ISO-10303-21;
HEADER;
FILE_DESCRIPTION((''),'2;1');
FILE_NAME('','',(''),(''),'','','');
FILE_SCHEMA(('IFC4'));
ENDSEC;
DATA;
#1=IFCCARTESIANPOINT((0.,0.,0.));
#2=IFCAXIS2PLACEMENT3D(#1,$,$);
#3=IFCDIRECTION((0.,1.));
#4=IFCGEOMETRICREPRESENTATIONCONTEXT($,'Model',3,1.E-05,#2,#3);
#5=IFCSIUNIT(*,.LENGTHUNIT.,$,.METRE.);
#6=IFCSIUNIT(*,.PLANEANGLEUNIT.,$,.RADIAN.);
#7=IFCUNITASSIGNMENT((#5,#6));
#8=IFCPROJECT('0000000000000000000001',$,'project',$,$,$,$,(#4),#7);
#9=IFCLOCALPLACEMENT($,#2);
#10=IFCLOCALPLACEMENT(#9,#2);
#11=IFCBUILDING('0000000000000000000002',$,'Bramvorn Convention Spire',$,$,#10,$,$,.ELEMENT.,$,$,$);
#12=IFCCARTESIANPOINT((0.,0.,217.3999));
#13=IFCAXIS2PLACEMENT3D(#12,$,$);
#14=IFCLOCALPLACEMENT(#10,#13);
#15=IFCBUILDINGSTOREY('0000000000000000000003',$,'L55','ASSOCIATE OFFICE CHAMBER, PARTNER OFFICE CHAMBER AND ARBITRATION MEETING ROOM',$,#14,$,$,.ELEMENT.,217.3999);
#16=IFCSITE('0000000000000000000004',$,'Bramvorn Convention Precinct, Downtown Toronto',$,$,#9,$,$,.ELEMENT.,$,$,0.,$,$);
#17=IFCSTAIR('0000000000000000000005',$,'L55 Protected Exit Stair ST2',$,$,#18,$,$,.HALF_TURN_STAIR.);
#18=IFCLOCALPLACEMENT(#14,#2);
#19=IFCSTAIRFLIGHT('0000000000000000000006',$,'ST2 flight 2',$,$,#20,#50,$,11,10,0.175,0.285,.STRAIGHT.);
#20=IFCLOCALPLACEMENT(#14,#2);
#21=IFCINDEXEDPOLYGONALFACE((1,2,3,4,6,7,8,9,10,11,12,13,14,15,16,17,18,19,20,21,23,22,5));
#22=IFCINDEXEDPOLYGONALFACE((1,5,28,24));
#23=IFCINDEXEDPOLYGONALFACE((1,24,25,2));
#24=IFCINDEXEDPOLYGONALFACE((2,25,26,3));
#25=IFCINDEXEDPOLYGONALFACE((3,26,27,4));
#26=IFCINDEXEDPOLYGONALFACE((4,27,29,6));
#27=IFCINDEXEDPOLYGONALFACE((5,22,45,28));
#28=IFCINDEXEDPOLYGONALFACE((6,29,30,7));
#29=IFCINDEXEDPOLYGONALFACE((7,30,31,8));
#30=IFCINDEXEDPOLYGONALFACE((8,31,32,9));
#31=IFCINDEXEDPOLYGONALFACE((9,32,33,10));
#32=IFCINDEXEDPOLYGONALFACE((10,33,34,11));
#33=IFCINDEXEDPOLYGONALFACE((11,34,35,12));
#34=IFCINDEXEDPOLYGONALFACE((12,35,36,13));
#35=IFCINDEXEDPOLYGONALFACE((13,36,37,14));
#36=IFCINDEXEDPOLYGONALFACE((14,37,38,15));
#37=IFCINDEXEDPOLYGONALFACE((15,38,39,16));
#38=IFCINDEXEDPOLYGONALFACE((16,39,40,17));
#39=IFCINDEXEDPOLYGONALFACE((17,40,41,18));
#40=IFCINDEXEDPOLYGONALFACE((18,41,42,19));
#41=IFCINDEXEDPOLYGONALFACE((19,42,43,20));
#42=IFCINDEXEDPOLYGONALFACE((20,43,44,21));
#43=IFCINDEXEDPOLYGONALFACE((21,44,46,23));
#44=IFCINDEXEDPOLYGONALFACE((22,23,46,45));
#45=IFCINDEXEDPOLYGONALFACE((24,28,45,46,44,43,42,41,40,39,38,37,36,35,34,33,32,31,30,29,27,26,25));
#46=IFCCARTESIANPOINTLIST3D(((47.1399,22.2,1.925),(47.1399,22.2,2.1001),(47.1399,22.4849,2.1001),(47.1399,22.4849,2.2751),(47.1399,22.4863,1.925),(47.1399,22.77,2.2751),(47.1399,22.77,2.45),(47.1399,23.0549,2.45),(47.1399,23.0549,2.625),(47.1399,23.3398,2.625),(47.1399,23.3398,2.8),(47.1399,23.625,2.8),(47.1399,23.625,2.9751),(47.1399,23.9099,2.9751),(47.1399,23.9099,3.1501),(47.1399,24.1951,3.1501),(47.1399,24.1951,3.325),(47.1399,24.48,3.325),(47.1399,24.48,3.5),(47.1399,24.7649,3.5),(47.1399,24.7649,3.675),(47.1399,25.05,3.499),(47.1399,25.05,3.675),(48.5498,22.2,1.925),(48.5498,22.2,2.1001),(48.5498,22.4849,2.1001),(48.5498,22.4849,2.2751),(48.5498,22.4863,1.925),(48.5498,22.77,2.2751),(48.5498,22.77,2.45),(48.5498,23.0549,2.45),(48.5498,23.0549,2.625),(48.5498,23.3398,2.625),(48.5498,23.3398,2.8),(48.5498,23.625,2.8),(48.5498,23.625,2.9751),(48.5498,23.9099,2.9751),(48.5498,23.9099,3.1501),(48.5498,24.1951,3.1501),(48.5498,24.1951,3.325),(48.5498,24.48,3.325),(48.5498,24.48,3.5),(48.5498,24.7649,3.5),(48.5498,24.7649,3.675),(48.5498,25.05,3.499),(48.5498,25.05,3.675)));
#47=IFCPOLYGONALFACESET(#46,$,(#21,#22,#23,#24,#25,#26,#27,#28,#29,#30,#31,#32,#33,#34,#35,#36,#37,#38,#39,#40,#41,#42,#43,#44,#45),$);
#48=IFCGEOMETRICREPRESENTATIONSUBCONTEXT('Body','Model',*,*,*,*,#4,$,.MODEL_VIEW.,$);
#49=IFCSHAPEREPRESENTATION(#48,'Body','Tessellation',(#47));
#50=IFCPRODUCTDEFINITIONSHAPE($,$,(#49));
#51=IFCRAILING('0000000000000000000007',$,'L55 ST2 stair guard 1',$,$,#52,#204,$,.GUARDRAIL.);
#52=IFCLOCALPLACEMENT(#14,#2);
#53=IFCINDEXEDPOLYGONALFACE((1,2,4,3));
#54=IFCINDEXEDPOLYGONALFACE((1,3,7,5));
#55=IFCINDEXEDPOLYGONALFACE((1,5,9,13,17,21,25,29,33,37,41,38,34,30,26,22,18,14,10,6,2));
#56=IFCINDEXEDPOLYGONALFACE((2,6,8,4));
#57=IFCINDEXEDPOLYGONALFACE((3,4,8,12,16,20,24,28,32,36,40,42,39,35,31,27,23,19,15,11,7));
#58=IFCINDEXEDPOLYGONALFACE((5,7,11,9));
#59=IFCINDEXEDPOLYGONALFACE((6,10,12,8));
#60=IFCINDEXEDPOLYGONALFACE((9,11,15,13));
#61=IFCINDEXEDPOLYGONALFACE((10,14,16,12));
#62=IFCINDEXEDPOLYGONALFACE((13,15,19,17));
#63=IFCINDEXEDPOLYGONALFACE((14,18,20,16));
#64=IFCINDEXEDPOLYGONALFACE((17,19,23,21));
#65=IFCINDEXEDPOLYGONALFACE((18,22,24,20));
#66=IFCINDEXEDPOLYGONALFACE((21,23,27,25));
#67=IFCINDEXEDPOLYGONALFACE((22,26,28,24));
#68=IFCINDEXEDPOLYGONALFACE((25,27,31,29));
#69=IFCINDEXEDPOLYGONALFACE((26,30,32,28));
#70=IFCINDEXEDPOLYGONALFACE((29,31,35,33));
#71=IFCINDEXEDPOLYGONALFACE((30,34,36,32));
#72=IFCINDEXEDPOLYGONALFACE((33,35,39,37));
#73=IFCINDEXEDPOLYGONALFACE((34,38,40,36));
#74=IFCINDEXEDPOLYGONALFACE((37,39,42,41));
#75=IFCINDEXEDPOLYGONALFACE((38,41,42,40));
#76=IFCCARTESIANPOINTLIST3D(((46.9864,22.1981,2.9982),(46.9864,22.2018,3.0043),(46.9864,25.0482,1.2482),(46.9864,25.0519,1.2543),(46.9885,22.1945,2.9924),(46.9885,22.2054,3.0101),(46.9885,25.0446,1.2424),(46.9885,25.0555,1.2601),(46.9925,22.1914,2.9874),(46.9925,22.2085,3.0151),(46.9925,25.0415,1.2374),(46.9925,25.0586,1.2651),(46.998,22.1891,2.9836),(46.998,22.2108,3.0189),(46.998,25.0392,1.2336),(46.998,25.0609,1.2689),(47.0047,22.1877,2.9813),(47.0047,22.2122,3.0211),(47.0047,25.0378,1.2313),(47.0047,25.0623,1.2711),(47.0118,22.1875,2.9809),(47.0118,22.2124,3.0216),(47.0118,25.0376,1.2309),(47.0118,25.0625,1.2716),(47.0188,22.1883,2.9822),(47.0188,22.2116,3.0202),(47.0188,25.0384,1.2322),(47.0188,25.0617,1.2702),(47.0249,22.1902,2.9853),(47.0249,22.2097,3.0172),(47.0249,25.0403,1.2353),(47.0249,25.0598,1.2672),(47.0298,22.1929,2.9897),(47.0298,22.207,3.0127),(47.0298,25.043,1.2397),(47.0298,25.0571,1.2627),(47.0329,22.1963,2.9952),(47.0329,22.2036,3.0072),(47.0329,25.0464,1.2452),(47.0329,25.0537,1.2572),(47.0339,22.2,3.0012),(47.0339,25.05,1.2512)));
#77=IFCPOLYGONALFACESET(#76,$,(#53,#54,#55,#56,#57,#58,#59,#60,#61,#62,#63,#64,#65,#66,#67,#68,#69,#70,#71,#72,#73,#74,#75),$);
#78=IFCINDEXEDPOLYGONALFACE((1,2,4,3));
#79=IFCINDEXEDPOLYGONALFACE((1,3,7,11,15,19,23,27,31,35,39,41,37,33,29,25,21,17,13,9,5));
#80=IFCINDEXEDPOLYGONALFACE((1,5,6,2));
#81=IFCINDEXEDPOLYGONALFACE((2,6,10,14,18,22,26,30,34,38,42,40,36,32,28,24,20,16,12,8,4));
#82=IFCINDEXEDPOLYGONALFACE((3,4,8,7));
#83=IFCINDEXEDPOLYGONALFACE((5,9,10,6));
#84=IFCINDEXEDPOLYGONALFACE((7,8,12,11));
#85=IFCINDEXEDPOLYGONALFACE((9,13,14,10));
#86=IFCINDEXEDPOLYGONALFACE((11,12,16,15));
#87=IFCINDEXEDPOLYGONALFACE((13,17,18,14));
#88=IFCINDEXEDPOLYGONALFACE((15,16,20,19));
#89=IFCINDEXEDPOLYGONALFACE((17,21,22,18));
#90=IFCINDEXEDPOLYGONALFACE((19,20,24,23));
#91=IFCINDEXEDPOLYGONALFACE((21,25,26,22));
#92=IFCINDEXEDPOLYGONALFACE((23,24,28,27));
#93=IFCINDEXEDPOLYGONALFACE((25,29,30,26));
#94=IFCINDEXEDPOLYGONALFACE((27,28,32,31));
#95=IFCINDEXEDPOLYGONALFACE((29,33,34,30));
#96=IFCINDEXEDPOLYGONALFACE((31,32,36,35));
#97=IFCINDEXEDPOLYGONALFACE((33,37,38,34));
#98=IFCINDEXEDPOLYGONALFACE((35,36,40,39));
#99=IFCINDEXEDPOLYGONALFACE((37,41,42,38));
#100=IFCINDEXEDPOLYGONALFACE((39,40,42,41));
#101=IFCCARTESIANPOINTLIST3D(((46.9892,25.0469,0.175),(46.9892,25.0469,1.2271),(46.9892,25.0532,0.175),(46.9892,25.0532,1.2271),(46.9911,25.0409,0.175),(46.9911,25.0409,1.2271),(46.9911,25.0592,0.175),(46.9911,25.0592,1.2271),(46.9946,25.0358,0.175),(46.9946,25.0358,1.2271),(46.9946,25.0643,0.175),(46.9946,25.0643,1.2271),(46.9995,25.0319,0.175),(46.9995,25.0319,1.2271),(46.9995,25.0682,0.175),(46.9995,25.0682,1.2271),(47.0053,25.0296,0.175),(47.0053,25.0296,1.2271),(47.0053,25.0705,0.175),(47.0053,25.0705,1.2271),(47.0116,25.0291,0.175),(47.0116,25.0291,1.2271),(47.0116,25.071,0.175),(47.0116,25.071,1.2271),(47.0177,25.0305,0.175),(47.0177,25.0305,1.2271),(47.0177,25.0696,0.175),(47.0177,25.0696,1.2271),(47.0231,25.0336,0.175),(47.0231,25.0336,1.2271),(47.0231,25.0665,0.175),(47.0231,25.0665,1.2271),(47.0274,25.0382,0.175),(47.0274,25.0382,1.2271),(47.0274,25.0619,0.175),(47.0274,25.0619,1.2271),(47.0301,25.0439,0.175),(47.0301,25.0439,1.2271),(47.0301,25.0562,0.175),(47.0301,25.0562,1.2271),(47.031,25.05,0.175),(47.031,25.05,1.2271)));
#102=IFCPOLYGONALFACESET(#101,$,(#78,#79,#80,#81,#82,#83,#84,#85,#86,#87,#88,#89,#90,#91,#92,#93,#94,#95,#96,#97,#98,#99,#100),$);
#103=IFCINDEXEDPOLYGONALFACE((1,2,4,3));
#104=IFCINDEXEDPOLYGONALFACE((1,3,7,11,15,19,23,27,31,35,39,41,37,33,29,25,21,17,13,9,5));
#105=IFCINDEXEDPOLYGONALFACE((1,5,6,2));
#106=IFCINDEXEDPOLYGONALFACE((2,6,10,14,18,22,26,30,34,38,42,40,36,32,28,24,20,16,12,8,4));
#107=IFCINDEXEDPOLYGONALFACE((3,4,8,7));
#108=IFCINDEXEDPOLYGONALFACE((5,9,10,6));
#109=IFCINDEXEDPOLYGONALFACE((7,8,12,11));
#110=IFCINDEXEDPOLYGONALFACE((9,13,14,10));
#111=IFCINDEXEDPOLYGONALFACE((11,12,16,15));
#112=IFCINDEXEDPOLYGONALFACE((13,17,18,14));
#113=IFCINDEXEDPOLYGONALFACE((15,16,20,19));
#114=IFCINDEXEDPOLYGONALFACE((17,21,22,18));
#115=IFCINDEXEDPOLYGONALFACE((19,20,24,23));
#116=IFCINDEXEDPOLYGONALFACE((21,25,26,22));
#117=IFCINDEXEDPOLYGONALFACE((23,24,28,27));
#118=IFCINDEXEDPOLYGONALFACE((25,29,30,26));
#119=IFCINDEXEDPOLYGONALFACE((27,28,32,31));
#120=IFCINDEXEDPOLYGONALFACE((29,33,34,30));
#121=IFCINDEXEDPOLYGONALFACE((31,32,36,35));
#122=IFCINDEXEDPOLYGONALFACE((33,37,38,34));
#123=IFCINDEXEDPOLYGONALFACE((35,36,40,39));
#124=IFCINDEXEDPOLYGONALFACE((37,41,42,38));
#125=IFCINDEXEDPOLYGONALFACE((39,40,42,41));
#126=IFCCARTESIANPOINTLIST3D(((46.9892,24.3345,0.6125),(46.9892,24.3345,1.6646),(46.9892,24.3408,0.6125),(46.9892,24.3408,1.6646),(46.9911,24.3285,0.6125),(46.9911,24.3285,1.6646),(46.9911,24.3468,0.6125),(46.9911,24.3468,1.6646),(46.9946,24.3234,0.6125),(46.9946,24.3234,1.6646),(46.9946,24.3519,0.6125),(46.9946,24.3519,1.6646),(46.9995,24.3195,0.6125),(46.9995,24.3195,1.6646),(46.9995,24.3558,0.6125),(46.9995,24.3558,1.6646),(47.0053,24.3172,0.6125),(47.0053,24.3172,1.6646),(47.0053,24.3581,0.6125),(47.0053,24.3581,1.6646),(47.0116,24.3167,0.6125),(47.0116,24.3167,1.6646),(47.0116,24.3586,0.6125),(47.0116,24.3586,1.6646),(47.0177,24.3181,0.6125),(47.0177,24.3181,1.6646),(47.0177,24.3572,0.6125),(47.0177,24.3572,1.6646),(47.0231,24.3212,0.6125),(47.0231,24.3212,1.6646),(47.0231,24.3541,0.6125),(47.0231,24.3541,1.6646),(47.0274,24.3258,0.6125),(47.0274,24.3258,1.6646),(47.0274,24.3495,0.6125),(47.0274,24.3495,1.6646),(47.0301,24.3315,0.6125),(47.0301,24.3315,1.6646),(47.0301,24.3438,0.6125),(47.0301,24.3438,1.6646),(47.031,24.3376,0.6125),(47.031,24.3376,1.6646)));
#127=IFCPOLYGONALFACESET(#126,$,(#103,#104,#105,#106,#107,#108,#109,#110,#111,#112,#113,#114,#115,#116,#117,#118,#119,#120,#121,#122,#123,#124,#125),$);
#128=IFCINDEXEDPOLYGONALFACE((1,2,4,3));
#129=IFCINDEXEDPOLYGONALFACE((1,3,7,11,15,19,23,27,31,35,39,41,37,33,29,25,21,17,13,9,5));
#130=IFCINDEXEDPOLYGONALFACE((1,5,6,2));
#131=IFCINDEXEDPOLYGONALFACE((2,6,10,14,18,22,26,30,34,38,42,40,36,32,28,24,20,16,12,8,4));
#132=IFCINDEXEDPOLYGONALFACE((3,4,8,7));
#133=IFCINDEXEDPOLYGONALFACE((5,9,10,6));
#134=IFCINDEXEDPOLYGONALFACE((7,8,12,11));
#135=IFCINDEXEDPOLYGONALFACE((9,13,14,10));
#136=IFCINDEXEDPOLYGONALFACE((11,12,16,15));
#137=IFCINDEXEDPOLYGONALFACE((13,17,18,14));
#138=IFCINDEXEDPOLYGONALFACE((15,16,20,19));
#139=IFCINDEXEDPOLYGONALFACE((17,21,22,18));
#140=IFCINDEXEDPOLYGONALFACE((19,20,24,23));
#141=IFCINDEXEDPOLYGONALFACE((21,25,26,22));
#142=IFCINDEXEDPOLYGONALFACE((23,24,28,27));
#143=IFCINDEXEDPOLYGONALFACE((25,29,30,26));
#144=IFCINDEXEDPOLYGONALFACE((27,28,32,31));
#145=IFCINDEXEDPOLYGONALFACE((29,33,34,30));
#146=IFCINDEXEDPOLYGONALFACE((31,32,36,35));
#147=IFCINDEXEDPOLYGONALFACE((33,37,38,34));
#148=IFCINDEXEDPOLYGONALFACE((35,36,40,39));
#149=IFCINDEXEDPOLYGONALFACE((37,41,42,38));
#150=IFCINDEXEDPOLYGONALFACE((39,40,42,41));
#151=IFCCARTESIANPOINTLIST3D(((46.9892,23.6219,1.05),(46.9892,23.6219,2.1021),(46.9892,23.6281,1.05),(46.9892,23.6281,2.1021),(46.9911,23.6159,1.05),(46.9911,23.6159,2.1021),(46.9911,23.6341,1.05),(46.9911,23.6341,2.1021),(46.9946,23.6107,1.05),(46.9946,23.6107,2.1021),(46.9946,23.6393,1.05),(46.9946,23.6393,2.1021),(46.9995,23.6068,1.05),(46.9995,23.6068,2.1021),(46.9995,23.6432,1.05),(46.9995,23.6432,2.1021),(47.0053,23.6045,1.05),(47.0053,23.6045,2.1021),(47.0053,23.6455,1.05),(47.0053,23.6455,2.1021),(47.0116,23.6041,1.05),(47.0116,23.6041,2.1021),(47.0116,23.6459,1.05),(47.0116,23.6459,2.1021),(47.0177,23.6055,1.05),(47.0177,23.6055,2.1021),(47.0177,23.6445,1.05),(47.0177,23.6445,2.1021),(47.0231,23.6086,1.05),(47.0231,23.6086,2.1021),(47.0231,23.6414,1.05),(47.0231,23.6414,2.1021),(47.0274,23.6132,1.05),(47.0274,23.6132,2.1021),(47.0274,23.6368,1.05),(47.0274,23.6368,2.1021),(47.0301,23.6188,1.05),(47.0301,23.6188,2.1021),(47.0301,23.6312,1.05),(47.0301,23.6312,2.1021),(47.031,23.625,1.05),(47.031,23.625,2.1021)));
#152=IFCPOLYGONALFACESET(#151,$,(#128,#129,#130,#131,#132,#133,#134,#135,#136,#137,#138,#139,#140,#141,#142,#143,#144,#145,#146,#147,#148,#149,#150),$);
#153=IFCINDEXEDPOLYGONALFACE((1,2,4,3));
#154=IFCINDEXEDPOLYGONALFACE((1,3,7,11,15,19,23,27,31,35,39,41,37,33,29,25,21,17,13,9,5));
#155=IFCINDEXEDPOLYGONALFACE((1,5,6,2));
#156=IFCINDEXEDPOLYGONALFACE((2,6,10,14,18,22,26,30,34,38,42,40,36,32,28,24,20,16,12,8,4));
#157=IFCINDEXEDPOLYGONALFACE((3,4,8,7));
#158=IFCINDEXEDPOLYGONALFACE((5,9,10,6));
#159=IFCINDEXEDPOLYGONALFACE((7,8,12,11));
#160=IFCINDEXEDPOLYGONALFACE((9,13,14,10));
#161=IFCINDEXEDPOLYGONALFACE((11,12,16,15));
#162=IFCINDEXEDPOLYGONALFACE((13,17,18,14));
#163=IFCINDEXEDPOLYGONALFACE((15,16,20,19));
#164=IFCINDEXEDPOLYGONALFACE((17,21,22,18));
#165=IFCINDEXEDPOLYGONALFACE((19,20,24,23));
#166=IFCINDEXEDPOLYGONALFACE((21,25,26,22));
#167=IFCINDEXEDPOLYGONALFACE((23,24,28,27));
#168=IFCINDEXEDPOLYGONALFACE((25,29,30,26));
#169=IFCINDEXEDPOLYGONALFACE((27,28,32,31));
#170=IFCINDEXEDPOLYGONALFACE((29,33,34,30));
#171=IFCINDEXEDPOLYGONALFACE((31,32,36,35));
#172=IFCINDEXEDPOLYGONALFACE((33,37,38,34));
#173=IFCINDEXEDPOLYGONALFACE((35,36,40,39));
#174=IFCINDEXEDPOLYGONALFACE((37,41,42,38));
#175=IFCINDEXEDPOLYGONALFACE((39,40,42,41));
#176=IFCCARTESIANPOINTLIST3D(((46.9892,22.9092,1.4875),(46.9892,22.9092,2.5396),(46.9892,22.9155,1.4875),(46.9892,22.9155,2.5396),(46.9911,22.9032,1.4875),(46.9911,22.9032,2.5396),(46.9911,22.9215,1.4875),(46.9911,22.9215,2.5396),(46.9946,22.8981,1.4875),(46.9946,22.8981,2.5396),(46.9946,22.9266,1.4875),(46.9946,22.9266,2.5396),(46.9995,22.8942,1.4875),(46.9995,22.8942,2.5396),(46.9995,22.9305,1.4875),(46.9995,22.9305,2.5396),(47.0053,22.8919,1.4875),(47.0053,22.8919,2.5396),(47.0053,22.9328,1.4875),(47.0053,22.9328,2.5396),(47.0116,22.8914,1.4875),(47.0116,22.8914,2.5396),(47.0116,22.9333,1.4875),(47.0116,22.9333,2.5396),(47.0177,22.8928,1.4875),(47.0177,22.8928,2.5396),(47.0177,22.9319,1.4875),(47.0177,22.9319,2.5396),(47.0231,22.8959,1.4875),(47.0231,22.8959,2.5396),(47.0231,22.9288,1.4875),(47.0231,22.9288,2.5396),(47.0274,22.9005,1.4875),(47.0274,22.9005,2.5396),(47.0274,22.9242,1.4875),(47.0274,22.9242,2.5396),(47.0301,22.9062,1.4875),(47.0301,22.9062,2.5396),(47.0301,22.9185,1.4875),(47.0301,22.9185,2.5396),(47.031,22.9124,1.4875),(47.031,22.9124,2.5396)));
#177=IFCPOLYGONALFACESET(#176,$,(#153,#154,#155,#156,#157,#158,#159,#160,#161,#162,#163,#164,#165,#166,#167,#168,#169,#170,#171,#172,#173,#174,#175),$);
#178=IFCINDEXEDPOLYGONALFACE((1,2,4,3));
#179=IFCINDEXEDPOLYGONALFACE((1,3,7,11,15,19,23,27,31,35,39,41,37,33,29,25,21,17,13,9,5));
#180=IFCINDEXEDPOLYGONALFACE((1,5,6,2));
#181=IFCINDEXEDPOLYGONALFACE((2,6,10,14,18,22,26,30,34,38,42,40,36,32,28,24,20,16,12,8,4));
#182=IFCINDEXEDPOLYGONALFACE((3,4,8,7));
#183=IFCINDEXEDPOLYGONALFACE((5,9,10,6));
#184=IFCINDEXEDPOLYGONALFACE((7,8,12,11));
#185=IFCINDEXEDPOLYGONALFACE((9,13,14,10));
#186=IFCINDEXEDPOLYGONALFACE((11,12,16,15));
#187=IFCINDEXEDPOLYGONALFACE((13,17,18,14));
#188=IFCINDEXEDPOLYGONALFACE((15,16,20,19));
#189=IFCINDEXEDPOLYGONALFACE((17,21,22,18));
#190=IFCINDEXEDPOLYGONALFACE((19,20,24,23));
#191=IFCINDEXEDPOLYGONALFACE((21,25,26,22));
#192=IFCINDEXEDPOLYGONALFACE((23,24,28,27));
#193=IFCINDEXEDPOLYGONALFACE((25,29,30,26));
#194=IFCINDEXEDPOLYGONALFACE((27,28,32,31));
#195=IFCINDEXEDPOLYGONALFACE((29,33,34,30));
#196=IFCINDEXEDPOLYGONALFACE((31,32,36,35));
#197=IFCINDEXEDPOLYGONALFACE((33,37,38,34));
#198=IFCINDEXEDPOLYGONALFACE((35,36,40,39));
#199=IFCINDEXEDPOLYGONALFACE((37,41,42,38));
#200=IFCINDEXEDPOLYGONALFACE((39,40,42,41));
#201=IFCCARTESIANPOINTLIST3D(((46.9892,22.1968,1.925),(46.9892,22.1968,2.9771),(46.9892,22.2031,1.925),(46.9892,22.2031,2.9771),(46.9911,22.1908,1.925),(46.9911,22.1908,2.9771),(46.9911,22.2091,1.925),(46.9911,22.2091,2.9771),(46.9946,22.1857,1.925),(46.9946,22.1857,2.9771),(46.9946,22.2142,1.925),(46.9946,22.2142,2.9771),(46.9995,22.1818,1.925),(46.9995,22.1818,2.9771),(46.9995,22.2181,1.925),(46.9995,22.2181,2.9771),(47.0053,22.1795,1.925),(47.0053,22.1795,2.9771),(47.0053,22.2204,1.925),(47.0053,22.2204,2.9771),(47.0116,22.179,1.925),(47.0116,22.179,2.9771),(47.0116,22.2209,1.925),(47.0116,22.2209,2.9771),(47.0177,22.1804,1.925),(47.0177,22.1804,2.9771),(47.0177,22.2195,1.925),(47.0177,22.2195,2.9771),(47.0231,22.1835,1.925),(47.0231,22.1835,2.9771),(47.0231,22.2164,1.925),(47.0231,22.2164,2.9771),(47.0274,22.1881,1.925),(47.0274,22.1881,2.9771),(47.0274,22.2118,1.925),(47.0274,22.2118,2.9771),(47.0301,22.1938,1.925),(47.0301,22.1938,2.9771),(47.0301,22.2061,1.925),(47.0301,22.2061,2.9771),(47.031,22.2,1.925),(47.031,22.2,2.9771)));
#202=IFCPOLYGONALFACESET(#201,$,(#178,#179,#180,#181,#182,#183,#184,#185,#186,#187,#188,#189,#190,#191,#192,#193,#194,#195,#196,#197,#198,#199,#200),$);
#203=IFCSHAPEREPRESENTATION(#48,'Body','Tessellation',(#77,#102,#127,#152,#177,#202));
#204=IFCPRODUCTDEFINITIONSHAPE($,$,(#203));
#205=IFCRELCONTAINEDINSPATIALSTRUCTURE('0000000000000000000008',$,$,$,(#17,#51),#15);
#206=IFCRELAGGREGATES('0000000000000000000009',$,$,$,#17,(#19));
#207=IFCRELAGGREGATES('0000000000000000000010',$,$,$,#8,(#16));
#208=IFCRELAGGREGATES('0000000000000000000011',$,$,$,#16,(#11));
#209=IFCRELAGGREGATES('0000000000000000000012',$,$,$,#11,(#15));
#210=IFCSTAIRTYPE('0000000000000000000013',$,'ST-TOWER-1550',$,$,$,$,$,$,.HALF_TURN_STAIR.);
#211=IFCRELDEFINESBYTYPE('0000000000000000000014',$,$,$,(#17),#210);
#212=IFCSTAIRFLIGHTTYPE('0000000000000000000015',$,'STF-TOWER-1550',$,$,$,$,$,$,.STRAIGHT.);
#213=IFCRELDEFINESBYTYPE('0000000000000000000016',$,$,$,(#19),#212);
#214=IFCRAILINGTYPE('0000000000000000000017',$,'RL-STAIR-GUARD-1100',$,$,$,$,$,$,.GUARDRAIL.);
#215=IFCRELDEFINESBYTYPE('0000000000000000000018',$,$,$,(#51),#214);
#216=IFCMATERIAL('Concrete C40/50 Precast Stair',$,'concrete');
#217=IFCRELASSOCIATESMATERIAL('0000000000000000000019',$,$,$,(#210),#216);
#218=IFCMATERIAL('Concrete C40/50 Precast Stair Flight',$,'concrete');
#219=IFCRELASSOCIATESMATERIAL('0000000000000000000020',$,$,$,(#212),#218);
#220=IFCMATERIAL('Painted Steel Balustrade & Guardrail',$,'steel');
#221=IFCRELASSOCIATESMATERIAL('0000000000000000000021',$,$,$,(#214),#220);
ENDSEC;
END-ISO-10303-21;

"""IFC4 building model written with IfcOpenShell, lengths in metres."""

from ifc_helpers import new_model, si_unit, direction, frame, origin, origin_2d, place, context, subcontext, project, spatial, polyline, circle, outline, extrude, material, type_object, element, aggregate, save


model = new_model("IFC4")

# Units and contexts
model_context = context("Model", 3, precision=1e-05, world=origin(), true_north=direction((0.0, 1.0)))
body_context = subcontext(model_context, "Body", "Model", "MODEL_VIEW")
ifc_project = project(units=[si_unit("LENGTHUNIT", "METRE"), si_unit("PLANEANGLEUNIT", "RADIAN")], contexts=[model_context])

# Site, building, storey
site_placement = place(None, origin())
site = spatial("IfcSite", under=ifc_project, at=site_placement, Name="Bramvorn Convention Precinct, Downtown Toronto", CompositionType="ELEMENT", RefElevation=0.0)
building_placement = place(site_placement, origin())
building = spatial("IfcBuilding", under=site, at=building_placement, Name="Bramvorn Convention Spire", CompositionType="ELEMENT")
storey_placement = place(building_placement, frame((0.0, 0.0, 217.3999)))
storey = spatial("IfcBuildingStorey", under=building, at=storey_placement, Name="L55", Description="ASSOCIATE OFFICE CHAMBER, PARTNER OFFICE CHAMBER AND ARBITRATION MEETING ROOM", CompositionType="ELEMENT", Elevation=217.3999)

# Stair, stair flight
ifc_material_1 = material(Name="Concrete C40/50 Precast Stair", Category="concrete")
stair_type = type_object("IfcStairType", Name="ST-TOWER-1550", PredefinedType="HALF_TURN_STAIR", material=ifc_material_1)
stair_placement = place(storey_placement, origin())
stair = element("IfcStair", 1, at=stair_placement, inside=storey, type_object=stair_type, Name="L55 Protected Exit Stair ST2", PredefinedType="HALF_TURN_STAIR")
ifc_material_2 = material(Name="Concrete C40/50 Precast Stair Flight", Category="concrete")
stair_flight_type = type_object("IfcStairFlightType", Name="STF-TOWER-1550", PredefinedType="STRAIGHT", material=ifc_material_2)
stair_flight_placement = place(storey_placement, frame((47.845, 22.2, 1.925), z_axis=(0.0, 0.0, 1.0), x_axis=(0.0, 1.0, 0.0)))
stair_flight = element("IfcStairFlight", 2, at=stair_flight_placement, type_object=stair_flight_type, Name="ST2 flight 2", NumberOfRisers=11, NumberOfTreads=10, PredefinedType="STRAIGHT", RiserHeight=0.175, TreadLength=0.285, context=body_context, shape_type="SweptSolid", body=[
    extrude(outline(polyline([(0.0, 0.0), (0.0, 0.175), (0.2849, 0.175), (0.2849, 0.3501), (0.5701, 0.3501), (0.5701, 0.5249), (0.855, 0.5249), (0.855, 0.7), (1.1399, 0.7), (1.1399, 0.875), (1.425, 0.875), (1.425, 1.05), (1.71, 1.05), (1.71, 1.2251), (1.9951, 1.2251), (1.9951, 1.3999), (2.28, 1.3999), (2.28, 1.575), (2.5649, 1.575), (2.5649, 1.75), (2.8501, 1.75), (2.8501, 1.925), (2.8501, 1.574), (0.2864, 0.0), (0.0, 0.0)])), frame((0.0, 0.7051, 0.0), z_axis=(0.0, -1.0, 0.0), x_axis=(1.0, 0.0, 0.0)), (0.0, 0.0, 1.0), 1.4099),
])
aggregate(stair, [stair_flight])

# Railing
ifc_material_3 = material(Name="Painted Steel Balustrade & Guardrail", Category="steel")
railing_type_1 = type_object("IfcRailingType", Name="RL-STAIR-GUARD-1100", PredefinedType="GUARDRAIL", material=ifc_material_3)
railing_1_placement = place(storey_placement, frame((47.01, 25.05, 0.175)))
element("IfcRailing", 3, at=railing_1_placement, inside=storey, type_object=railing_type_1, Name="L55 ST2 stair guard 1", PredefinedType="GUARDRAIL", context=body_context, shape_type="SweptSolid", body=[
    extrude(circle(Radius=0.0239, at=origin_2d()), frame((0.0, 0.0, 1.0762), z_axis=(0.0, -0.852179, 0.52325), x_axis=(1.0, 0.0, 0.0)), (0.0, 0.0, 1.0), 3.3445),
    extrude(circle(Radius=0.021, at=origin_2d()), origin(), (0.0, 0.0, 1.0), 1.052),
    extrude(circle(Radius=0.021, at=origin_2d()), frame((0.0, -0.7124, 0.4375)), (0.0, 0.0, 1.0), 1.052),
    extrude(circle(Radius=0.021, at=origin_2d()), frame((0.0, -1.425, 0.875)), (0.0, 0.0, 1.0), 1.052),
    extrude(circle(Radius=0.021, at=origin_2d()), frame((0.0, -2.1377, 1.3125)), (0.0, 0.0, 1.0), 1.052),
    extrude(circle(Radius=0.021, at=origin_2d()), frame((0.0, -2.8501, 1.75)), (0.0, 0.0, 1.0), 1.052),
])

save(model, "model.ifc")
